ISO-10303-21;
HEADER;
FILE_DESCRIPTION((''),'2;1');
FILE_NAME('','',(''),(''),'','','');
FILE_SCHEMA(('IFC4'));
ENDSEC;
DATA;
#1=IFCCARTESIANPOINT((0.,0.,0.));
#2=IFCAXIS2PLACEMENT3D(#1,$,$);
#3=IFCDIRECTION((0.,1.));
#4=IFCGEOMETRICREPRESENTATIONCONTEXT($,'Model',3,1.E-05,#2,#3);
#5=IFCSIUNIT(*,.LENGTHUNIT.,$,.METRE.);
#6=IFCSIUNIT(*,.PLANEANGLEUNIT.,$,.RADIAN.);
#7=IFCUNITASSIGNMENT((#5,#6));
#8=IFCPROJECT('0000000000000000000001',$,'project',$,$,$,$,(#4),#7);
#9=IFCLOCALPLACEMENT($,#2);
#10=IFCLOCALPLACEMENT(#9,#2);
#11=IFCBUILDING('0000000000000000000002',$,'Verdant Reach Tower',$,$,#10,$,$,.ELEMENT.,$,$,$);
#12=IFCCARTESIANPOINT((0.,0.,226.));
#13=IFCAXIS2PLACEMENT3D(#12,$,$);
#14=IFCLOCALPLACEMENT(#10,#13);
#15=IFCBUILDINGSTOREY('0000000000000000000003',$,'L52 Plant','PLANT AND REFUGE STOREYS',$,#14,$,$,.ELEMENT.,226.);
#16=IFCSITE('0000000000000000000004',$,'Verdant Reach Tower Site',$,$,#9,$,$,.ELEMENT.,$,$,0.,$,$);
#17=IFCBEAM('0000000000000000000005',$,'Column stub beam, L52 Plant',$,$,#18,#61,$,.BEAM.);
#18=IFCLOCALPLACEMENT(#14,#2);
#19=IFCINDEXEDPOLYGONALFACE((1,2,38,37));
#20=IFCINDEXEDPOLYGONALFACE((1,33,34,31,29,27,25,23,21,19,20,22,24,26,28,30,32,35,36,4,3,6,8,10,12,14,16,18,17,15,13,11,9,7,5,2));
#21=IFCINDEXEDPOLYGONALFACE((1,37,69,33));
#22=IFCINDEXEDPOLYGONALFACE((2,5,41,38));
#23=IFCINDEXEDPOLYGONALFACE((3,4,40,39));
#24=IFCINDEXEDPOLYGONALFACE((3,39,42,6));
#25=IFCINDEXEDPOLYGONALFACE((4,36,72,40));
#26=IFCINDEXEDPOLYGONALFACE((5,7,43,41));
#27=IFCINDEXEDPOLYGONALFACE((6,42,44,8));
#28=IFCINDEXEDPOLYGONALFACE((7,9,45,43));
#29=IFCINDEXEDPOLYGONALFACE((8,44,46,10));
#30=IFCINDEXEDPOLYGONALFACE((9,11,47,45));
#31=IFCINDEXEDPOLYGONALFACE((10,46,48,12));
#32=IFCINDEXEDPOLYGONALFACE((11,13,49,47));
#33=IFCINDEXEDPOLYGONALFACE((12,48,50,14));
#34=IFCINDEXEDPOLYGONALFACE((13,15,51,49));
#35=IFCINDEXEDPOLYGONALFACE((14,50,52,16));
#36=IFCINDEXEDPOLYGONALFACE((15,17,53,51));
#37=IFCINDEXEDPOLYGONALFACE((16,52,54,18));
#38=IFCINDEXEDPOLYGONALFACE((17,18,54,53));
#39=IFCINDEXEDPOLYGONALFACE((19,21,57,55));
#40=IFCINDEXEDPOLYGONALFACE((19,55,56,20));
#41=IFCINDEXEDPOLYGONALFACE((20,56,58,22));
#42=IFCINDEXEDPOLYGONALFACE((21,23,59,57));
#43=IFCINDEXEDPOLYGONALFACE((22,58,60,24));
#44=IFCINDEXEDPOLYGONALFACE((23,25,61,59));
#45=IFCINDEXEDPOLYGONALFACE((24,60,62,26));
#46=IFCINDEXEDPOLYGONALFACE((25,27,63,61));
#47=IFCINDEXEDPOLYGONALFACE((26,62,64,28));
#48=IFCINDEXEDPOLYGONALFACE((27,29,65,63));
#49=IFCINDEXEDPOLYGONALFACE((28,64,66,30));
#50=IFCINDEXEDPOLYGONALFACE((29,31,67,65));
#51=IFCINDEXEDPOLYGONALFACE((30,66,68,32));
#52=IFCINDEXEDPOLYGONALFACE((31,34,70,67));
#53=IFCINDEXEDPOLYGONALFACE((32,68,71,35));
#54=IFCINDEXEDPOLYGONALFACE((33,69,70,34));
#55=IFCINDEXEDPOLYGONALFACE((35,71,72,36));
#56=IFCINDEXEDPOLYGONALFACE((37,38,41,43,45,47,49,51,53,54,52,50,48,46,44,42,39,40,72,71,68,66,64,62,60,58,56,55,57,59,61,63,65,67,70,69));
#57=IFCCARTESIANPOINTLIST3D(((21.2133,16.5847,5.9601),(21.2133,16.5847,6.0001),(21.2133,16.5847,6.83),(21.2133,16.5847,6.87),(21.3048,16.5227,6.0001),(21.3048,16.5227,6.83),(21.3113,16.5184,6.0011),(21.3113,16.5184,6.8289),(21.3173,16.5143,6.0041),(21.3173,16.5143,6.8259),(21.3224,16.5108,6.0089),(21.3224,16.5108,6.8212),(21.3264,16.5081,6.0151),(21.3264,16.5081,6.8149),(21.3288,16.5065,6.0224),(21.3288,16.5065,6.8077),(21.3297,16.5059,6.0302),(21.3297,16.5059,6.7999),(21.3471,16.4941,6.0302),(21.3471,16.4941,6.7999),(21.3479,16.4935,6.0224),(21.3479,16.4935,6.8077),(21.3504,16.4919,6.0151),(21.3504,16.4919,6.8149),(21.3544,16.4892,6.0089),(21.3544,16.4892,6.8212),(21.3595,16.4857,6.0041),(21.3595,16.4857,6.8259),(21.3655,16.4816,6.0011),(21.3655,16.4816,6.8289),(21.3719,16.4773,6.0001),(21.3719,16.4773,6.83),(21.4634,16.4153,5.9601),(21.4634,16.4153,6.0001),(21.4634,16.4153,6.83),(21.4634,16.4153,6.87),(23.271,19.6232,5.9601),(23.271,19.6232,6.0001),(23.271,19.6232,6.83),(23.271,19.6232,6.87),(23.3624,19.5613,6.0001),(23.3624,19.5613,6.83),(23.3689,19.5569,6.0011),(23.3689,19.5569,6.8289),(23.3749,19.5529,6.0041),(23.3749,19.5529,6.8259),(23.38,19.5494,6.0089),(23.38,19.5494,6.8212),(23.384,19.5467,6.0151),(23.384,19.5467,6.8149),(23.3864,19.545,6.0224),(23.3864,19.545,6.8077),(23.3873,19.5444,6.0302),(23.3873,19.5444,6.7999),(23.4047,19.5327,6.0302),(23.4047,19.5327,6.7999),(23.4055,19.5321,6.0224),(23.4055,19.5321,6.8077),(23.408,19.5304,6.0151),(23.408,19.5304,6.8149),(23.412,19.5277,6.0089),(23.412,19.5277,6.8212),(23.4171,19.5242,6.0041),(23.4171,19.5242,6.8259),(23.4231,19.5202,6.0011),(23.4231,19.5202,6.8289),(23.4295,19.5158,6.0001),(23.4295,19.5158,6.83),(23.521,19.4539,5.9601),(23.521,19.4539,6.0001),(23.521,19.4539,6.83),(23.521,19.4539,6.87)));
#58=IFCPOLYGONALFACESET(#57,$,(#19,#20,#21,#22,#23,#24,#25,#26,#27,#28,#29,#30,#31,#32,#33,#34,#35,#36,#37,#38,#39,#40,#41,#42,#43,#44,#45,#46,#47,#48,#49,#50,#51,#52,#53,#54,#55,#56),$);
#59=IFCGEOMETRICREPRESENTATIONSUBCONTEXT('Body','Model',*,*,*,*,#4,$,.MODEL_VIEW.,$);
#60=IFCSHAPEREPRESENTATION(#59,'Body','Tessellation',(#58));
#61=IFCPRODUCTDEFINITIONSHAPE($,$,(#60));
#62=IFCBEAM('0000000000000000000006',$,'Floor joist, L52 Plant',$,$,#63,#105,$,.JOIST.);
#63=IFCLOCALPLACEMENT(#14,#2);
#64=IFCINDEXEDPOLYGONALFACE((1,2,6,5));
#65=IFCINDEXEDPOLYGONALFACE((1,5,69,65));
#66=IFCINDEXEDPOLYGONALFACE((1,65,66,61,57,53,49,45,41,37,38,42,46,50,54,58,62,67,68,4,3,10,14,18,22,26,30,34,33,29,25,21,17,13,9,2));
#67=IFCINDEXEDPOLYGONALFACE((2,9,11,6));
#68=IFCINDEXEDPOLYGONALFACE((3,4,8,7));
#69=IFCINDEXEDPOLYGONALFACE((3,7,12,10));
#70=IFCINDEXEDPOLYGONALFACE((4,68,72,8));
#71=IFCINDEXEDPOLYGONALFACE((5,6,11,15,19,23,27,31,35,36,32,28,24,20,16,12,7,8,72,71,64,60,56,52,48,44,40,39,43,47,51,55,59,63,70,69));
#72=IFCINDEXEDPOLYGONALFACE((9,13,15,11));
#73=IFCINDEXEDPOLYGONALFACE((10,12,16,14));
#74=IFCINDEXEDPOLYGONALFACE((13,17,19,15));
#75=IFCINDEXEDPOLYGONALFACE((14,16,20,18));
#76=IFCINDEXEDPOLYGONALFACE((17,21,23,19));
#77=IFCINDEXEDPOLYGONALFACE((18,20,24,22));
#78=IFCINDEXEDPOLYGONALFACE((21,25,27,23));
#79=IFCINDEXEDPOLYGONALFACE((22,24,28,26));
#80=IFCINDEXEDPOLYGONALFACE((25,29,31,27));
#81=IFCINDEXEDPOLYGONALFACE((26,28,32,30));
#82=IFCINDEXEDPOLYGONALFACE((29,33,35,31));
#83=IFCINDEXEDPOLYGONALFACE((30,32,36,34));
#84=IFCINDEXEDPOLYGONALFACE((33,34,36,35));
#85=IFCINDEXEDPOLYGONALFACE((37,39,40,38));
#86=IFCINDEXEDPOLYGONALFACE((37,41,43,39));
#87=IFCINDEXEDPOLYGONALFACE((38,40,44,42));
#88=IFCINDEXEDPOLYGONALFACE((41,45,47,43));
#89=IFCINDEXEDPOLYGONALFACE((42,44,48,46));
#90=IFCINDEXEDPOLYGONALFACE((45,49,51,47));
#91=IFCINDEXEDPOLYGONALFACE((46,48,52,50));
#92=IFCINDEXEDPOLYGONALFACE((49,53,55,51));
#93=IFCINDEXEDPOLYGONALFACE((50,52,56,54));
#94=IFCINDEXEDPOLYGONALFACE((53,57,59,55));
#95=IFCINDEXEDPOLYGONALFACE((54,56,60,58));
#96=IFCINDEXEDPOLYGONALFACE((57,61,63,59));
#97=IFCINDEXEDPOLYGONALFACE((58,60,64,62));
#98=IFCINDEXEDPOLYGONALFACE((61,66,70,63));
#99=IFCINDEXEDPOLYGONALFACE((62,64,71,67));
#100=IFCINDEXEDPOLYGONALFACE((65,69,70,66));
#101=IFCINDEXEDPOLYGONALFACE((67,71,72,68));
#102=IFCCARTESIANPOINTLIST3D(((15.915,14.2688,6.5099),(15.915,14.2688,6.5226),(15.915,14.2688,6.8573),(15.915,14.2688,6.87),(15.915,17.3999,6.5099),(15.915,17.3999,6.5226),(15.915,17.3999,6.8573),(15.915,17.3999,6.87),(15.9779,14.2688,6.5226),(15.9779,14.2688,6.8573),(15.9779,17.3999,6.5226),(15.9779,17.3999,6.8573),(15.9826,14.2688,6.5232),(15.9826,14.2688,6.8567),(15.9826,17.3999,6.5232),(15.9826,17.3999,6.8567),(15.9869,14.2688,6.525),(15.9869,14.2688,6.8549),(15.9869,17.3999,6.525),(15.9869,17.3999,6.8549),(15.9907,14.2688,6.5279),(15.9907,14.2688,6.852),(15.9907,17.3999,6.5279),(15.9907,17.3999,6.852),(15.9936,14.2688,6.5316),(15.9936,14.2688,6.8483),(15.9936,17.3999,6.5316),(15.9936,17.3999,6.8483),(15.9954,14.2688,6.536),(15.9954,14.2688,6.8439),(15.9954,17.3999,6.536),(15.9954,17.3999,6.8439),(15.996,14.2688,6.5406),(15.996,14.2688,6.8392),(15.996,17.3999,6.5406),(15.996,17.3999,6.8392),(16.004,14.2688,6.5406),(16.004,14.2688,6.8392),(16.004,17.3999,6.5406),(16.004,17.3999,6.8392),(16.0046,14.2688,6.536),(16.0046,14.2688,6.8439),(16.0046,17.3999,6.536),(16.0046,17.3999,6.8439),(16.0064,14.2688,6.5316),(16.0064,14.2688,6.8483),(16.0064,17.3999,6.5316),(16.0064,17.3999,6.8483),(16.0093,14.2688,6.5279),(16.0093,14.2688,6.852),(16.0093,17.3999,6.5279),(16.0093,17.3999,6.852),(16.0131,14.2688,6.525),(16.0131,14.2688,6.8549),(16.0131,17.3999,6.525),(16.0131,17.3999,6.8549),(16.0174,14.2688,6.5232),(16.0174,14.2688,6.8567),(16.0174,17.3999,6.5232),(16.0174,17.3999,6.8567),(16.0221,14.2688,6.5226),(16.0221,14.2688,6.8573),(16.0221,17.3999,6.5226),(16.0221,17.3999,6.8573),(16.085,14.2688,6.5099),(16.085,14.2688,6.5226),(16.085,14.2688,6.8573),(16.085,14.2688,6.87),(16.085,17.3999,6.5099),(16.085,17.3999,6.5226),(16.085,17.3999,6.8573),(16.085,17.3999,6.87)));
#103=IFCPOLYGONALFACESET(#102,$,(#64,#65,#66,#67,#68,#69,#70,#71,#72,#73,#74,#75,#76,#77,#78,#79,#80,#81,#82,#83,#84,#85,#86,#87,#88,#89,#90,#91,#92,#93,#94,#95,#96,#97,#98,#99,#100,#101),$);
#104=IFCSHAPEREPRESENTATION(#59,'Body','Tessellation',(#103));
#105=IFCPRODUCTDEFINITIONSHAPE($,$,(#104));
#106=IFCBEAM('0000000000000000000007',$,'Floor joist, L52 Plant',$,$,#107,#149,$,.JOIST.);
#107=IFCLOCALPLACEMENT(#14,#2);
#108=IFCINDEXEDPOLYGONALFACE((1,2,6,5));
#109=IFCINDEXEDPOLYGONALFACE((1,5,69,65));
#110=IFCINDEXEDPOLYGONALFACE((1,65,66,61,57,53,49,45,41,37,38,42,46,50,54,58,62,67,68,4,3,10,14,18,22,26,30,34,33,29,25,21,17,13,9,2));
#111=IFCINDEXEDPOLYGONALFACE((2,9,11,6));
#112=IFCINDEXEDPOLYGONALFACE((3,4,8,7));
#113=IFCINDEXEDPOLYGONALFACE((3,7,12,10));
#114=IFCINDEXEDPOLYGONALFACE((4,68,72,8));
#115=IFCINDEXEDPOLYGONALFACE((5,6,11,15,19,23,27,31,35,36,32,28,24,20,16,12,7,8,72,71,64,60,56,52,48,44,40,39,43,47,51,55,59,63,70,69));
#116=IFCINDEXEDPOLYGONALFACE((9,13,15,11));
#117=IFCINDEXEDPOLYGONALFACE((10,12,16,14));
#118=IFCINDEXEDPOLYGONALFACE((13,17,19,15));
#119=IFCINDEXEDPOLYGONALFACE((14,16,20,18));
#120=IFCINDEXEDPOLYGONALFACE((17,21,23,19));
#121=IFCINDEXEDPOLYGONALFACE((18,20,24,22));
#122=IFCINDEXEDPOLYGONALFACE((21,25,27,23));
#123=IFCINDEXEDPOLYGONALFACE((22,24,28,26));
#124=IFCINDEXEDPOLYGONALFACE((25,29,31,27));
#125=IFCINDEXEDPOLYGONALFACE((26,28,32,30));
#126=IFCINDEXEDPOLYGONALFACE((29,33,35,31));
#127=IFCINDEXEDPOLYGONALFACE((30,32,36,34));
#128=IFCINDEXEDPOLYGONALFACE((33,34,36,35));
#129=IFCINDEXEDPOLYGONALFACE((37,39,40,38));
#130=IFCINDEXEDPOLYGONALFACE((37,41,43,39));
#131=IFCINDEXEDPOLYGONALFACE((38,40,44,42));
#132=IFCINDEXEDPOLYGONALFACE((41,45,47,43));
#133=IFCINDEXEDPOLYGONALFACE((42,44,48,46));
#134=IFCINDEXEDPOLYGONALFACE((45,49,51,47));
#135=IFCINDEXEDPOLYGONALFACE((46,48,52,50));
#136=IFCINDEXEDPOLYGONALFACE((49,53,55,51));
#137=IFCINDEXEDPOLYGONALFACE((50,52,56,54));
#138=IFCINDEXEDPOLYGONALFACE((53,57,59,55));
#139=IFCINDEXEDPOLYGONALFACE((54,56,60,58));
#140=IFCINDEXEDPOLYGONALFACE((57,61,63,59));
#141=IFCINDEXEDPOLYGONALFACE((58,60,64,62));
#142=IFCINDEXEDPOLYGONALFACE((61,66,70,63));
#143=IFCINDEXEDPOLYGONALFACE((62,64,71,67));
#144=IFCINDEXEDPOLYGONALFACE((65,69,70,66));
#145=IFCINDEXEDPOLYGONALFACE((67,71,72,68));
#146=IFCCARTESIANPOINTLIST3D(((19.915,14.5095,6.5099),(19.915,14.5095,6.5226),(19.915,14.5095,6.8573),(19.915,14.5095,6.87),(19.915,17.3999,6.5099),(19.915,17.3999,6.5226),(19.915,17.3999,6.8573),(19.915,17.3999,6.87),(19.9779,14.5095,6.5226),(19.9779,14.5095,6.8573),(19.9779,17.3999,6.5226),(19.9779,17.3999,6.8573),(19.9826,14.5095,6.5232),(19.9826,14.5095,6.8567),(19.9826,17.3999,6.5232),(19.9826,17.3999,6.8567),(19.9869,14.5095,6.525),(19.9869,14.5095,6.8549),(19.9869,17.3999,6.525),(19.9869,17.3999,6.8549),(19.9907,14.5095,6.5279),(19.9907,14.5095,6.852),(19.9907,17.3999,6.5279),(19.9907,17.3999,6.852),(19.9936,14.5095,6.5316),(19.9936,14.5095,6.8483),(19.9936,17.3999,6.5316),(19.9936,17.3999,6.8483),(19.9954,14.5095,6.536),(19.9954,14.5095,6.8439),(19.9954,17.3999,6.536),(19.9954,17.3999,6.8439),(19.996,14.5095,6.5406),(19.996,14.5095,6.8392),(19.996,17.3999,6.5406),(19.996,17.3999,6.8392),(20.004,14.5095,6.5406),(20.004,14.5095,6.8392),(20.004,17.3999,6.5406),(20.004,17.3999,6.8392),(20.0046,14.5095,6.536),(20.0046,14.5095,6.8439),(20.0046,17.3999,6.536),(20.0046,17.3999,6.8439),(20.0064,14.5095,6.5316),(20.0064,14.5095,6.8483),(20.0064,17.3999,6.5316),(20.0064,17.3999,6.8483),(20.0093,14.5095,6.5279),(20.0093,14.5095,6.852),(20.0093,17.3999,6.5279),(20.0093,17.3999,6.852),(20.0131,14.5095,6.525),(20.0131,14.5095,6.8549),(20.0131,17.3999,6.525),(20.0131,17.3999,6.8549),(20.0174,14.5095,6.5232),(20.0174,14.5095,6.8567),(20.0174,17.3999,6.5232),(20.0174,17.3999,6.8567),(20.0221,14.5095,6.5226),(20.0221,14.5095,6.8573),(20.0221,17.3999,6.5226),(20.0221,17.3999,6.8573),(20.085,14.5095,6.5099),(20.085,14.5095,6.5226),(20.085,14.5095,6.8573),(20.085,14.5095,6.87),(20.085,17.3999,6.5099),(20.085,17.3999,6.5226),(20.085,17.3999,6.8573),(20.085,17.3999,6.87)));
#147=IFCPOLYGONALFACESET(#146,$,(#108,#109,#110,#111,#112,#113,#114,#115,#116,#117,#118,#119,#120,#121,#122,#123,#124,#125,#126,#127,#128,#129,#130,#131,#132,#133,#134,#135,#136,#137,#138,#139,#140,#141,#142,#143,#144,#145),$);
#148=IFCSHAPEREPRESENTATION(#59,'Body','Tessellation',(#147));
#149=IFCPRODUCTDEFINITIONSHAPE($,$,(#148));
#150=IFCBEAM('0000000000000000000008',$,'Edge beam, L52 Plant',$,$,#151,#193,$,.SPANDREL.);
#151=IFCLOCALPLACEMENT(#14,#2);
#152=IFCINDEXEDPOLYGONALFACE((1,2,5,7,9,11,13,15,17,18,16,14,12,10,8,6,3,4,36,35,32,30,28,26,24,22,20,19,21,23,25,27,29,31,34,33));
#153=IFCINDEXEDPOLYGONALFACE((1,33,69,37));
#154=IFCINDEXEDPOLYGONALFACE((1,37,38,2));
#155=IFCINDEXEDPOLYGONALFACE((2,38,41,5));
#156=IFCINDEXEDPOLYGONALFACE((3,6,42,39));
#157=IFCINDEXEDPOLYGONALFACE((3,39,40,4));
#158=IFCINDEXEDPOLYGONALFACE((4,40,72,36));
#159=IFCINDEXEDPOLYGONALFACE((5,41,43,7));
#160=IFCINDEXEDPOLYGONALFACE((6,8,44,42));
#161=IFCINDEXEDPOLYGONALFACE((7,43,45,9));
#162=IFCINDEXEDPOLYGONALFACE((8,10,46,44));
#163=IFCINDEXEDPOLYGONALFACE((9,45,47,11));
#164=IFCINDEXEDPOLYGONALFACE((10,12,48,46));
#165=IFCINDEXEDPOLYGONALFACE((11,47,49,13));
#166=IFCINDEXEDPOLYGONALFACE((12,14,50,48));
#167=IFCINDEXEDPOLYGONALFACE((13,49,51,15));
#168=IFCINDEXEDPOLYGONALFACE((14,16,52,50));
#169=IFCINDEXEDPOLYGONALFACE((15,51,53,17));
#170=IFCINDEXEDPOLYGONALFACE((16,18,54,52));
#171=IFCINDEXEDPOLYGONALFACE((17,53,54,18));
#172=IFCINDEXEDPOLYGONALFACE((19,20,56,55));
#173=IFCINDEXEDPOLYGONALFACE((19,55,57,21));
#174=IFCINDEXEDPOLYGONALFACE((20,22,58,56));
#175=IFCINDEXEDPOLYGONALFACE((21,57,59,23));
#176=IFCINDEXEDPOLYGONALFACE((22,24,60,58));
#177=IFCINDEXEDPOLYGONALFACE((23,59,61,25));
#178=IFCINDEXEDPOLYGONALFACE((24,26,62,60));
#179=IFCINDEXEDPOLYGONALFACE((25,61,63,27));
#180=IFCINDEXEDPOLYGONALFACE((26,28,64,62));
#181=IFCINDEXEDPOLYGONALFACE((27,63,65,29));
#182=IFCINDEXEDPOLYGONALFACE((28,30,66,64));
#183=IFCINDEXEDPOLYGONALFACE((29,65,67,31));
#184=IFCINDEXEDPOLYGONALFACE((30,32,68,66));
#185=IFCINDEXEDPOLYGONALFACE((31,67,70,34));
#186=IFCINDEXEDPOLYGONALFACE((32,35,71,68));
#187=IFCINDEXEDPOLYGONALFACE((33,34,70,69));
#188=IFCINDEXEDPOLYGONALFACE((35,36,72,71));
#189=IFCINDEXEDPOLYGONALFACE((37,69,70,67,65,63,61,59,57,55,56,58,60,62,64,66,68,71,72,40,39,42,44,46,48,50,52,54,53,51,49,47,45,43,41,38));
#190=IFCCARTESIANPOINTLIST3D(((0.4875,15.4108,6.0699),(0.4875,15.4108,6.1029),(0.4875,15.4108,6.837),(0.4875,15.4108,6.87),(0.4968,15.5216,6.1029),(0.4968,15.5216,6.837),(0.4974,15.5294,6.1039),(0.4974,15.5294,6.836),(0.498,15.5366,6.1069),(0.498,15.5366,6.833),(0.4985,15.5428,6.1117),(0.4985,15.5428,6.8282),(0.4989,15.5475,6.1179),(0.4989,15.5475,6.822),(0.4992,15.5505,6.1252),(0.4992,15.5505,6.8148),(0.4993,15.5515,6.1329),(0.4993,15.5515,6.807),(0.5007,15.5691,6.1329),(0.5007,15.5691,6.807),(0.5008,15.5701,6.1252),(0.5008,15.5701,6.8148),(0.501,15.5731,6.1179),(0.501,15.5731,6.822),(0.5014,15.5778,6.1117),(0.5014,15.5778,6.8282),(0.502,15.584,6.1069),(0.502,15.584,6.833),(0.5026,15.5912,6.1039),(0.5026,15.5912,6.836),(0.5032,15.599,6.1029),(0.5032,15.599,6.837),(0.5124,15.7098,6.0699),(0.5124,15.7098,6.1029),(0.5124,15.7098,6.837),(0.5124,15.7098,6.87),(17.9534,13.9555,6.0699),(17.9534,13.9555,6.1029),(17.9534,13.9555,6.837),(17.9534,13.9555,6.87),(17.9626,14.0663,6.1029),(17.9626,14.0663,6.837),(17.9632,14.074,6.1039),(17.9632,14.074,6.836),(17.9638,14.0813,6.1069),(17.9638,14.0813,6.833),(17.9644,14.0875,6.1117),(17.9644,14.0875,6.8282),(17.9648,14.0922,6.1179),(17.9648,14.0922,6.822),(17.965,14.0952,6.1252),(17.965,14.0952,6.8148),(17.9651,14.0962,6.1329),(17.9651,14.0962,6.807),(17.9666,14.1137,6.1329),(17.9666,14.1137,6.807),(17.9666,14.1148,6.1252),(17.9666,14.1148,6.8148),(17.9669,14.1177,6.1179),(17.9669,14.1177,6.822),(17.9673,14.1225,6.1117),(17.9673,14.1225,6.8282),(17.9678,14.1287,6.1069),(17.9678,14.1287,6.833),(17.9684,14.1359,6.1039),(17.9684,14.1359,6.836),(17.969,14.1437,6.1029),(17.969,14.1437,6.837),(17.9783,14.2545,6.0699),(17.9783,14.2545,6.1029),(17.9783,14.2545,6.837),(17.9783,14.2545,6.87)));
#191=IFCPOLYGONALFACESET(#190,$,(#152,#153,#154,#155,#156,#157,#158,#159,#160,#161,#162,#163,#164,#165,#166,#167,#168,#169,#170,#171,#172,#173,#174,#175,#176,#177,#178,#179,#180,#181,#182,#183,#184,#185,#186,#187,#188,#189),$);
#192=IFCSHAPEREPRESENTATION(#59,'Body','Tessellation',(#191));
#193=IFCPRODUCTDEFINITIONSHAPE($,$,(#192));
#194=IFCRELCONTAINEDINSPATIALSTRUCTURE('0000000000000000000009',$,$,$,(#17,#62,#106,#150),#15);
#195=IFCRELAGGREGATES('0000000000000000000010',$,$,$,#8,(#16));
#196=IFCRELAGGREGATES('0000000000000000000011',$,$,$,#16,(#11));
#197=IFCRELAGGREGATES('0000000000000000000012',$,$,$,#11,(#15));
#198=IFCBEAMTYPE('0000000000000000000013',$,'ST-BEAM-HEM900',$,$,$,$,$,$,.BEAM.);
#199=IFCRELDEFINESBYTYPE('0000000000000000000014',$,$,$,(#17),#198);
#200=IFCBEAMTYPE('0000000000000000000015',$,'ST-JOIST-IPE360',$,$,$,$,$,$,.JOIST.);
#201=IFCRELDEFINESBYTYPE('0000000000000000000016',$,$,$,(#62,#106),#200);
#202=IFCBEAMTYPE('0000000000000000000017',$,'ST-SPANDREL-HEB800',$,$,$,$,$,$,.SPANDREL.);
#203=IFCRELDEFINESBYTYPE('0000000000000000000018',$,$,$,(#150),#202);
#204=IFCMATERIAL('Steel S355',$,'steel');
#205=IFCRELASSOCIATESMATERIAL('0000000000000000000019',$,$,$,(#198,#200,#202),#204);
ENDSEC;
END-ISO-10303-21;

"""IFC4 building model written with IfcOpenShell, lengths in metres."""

from ifc_helpers import new_model, si_unit, direction, frame, origin, origin_2d, place, context, subcontext, project, spatial, i_section, extrude, material, material_profile, profile_set, type_object, element, save


model = new_model("IFC4")

# Units and contexts
model_context = context("Model", 3, precision=1e-05, world=origin(), true_north=direction((0.0, 1.0)))
body_context = subcontext(model_context, "Body", "Model", "MODEL_VIEW")
ifc_project = project(units=[si_unit("LENGTHUNIT", "METRE"), si_unit("PLANEANGLEUNIT", "RADIAN")], contexts=[model_context])

# Site, building, storey
site_placement = place(None, origin())
site = spatial("IfcSite", under=ifc_project, at=site_placement, Name="Verdant Reach Tower Site", CompositionType="ELEMENT", RefElevation=0.0)
building_placement = place(site_placement, origin())
building = spatial("IfcBuilding", under=site, at=building_placement, Name="Verdant Reach Tower", CompositionType="ELEMENT")
storey_placement = place(building_placement, frame((0.0, 0.0, 226.0)))
storey = spatial("IfcBuildingStorey", under=building, at=storey_placement, Name="L52 Plant", Description="PLANT AND REFUGE STOREYS", CompositionType="ELEMENT", Elevation=226.0)

# Beams
ifc_material_1 = material(Name="Steel S355", Category="steel")
ifc_material_profile_1 = material_profile(ifc_material_1, i_section(OverallWidth=0.302, OverallDepth=0.9099, WebThickness=0.021, FlangeThickness=0.04, FilletRadius=0.03, at=origin_2d()), Name="HEM 900")
ifc_profile_set_1 = profile_set([ifc_material_profile_1], Name="Steel S355")
beam_type_1 = type_object("IfcBeamType", Name="ST-BEAM-HEM900", PredefinedType="BEAM", material=ifc_profile_set_1)
beam_1_placement = place(storey_placement, frame((21.3384, 16.5, 6.415), z_axis=(0.560704, 0.828016, 0.0), x_axis=(-0.828016, 0.560704, 0.0)))
element("IfcBeam", 1, at=beam_1_placement, inside=storey, type_object=beam_type_1, Name="Column stub beam, L52 Plant", PredefinedType="BEAM", context=body_context, shape_type="SweptSolid", body=[
    extrude(i_section(OverallWidth=0.302, OverallDepth=0.9099, WebThickness=0.021, FlangeThickness=0.04, FilletRadius=0.03, at=origin_2d()), origin(), (0.0, 0.0, 1.0), 3.6697),
])
ifc_material_profile_2 = material_profile(ifc_material_1, i_section(OverallWidth=0.1699, OverallDepth=0.3601, WebThickness=0.0081, FlangeThickness=0.0127, FilletRadius=0.0181, at=origin_2d()), Name="IPE 360")
ifc_profile_set_2 = profile_set([ifc_material_profile_2], Name="Steel S355")
beam_type_2 = type_object("IfcBeamType", Name="ST-JOIST-IPE360", PredefinedType="JOIST", material=ifc_profile_set_2)
beam_2_placement = place(storey_placement, frame((16.0, 17.3999, 6.6899), z_axis=(0.0, -1.0, 0.0), x_axis=(1.0, 0.0, 0.0)))
element("IfcBeam", 2, at=beam_2_placement, inside=storey, type_object=beam_type_2, Name="Floor joist, L52 Plant", PredefinedType="JOIST", context=body_context, shape_type="SweptSolid", body=[
    extrude(i_section(OverallWidth=0.1699, OverallDepth=0.3601, WebThickness=0.0081, FlangeThickness=0.0127, FilletRadius=0.0181, at=origin_2d()), origin(), (0.0, 0.0, 1.0), 3.1311),
])
beam_3_placement = place(storey_placement, frame((20.0, 17.3999, 6.6899), z_axis=(0.0, -1.0, 0.0), x_axis=(1.0, 0.0, 0.0)))
element("IfcBeam", 3, at=beam_3_placement, inside=storey, type_object=beam_type_2, Name="Floor joist, L52 Plant", PredefinedType="JOIST", context=body_context, shape_type="SweptSolid", body=[
    extrude(i_section(OverallWidth=0.1699, OverallDepth=0.3601, WebThickness=0.0081, FlangeThickness=0.0127, FilletRadius=0.0181, at=origin_2d()), origin(), (0.0, 0.0, 1.0), 2.8904),
])
ifc_material_profile_3 = material_profile(ifc_material_1, i_section(OverallWidth=0.3, OverallDepth=0.8, WebThickness=0.0176, FlangeThickness=0.033, FilletRadius=0.03, at=origin_2d()), Name="HEB 800")
ifc_profile_set_3 = profile_set([ifc_material_profile_3], Name="Steel S355")
beam_type_3 = type_object("IfcBeamType", Name="ST-SPANDREL-HEB800", PredefinedType="SPANDREL", material=ifc_profile_set_3)
beam_4_placement = place(storey_placement, frame((17.9658, 14.105, 6.47), z_axis=(-0.996547, 0.083036, 0.0), x_axis=(-0.083036, -0.996547, 0.0)))
element("IfcBeam", 4, at=beam_4_placement, inside=storey, type_object=beam_type_3, Name="Edge beam, L52 Plant", PredefinedType="SPANDREL", context=body_context, shape_type="SweptSolid", body=[
    extrude(i_section(OverallWidth=0.3, OverallDepth=0.8, WebThickness=0.0176, FlangeThickness=0.033, FilletRadius=0.03, at=origin_2d()), origin(), (0.0, 0.0, 1.0), 17.5264),
])

save(model, "model.ifc")
